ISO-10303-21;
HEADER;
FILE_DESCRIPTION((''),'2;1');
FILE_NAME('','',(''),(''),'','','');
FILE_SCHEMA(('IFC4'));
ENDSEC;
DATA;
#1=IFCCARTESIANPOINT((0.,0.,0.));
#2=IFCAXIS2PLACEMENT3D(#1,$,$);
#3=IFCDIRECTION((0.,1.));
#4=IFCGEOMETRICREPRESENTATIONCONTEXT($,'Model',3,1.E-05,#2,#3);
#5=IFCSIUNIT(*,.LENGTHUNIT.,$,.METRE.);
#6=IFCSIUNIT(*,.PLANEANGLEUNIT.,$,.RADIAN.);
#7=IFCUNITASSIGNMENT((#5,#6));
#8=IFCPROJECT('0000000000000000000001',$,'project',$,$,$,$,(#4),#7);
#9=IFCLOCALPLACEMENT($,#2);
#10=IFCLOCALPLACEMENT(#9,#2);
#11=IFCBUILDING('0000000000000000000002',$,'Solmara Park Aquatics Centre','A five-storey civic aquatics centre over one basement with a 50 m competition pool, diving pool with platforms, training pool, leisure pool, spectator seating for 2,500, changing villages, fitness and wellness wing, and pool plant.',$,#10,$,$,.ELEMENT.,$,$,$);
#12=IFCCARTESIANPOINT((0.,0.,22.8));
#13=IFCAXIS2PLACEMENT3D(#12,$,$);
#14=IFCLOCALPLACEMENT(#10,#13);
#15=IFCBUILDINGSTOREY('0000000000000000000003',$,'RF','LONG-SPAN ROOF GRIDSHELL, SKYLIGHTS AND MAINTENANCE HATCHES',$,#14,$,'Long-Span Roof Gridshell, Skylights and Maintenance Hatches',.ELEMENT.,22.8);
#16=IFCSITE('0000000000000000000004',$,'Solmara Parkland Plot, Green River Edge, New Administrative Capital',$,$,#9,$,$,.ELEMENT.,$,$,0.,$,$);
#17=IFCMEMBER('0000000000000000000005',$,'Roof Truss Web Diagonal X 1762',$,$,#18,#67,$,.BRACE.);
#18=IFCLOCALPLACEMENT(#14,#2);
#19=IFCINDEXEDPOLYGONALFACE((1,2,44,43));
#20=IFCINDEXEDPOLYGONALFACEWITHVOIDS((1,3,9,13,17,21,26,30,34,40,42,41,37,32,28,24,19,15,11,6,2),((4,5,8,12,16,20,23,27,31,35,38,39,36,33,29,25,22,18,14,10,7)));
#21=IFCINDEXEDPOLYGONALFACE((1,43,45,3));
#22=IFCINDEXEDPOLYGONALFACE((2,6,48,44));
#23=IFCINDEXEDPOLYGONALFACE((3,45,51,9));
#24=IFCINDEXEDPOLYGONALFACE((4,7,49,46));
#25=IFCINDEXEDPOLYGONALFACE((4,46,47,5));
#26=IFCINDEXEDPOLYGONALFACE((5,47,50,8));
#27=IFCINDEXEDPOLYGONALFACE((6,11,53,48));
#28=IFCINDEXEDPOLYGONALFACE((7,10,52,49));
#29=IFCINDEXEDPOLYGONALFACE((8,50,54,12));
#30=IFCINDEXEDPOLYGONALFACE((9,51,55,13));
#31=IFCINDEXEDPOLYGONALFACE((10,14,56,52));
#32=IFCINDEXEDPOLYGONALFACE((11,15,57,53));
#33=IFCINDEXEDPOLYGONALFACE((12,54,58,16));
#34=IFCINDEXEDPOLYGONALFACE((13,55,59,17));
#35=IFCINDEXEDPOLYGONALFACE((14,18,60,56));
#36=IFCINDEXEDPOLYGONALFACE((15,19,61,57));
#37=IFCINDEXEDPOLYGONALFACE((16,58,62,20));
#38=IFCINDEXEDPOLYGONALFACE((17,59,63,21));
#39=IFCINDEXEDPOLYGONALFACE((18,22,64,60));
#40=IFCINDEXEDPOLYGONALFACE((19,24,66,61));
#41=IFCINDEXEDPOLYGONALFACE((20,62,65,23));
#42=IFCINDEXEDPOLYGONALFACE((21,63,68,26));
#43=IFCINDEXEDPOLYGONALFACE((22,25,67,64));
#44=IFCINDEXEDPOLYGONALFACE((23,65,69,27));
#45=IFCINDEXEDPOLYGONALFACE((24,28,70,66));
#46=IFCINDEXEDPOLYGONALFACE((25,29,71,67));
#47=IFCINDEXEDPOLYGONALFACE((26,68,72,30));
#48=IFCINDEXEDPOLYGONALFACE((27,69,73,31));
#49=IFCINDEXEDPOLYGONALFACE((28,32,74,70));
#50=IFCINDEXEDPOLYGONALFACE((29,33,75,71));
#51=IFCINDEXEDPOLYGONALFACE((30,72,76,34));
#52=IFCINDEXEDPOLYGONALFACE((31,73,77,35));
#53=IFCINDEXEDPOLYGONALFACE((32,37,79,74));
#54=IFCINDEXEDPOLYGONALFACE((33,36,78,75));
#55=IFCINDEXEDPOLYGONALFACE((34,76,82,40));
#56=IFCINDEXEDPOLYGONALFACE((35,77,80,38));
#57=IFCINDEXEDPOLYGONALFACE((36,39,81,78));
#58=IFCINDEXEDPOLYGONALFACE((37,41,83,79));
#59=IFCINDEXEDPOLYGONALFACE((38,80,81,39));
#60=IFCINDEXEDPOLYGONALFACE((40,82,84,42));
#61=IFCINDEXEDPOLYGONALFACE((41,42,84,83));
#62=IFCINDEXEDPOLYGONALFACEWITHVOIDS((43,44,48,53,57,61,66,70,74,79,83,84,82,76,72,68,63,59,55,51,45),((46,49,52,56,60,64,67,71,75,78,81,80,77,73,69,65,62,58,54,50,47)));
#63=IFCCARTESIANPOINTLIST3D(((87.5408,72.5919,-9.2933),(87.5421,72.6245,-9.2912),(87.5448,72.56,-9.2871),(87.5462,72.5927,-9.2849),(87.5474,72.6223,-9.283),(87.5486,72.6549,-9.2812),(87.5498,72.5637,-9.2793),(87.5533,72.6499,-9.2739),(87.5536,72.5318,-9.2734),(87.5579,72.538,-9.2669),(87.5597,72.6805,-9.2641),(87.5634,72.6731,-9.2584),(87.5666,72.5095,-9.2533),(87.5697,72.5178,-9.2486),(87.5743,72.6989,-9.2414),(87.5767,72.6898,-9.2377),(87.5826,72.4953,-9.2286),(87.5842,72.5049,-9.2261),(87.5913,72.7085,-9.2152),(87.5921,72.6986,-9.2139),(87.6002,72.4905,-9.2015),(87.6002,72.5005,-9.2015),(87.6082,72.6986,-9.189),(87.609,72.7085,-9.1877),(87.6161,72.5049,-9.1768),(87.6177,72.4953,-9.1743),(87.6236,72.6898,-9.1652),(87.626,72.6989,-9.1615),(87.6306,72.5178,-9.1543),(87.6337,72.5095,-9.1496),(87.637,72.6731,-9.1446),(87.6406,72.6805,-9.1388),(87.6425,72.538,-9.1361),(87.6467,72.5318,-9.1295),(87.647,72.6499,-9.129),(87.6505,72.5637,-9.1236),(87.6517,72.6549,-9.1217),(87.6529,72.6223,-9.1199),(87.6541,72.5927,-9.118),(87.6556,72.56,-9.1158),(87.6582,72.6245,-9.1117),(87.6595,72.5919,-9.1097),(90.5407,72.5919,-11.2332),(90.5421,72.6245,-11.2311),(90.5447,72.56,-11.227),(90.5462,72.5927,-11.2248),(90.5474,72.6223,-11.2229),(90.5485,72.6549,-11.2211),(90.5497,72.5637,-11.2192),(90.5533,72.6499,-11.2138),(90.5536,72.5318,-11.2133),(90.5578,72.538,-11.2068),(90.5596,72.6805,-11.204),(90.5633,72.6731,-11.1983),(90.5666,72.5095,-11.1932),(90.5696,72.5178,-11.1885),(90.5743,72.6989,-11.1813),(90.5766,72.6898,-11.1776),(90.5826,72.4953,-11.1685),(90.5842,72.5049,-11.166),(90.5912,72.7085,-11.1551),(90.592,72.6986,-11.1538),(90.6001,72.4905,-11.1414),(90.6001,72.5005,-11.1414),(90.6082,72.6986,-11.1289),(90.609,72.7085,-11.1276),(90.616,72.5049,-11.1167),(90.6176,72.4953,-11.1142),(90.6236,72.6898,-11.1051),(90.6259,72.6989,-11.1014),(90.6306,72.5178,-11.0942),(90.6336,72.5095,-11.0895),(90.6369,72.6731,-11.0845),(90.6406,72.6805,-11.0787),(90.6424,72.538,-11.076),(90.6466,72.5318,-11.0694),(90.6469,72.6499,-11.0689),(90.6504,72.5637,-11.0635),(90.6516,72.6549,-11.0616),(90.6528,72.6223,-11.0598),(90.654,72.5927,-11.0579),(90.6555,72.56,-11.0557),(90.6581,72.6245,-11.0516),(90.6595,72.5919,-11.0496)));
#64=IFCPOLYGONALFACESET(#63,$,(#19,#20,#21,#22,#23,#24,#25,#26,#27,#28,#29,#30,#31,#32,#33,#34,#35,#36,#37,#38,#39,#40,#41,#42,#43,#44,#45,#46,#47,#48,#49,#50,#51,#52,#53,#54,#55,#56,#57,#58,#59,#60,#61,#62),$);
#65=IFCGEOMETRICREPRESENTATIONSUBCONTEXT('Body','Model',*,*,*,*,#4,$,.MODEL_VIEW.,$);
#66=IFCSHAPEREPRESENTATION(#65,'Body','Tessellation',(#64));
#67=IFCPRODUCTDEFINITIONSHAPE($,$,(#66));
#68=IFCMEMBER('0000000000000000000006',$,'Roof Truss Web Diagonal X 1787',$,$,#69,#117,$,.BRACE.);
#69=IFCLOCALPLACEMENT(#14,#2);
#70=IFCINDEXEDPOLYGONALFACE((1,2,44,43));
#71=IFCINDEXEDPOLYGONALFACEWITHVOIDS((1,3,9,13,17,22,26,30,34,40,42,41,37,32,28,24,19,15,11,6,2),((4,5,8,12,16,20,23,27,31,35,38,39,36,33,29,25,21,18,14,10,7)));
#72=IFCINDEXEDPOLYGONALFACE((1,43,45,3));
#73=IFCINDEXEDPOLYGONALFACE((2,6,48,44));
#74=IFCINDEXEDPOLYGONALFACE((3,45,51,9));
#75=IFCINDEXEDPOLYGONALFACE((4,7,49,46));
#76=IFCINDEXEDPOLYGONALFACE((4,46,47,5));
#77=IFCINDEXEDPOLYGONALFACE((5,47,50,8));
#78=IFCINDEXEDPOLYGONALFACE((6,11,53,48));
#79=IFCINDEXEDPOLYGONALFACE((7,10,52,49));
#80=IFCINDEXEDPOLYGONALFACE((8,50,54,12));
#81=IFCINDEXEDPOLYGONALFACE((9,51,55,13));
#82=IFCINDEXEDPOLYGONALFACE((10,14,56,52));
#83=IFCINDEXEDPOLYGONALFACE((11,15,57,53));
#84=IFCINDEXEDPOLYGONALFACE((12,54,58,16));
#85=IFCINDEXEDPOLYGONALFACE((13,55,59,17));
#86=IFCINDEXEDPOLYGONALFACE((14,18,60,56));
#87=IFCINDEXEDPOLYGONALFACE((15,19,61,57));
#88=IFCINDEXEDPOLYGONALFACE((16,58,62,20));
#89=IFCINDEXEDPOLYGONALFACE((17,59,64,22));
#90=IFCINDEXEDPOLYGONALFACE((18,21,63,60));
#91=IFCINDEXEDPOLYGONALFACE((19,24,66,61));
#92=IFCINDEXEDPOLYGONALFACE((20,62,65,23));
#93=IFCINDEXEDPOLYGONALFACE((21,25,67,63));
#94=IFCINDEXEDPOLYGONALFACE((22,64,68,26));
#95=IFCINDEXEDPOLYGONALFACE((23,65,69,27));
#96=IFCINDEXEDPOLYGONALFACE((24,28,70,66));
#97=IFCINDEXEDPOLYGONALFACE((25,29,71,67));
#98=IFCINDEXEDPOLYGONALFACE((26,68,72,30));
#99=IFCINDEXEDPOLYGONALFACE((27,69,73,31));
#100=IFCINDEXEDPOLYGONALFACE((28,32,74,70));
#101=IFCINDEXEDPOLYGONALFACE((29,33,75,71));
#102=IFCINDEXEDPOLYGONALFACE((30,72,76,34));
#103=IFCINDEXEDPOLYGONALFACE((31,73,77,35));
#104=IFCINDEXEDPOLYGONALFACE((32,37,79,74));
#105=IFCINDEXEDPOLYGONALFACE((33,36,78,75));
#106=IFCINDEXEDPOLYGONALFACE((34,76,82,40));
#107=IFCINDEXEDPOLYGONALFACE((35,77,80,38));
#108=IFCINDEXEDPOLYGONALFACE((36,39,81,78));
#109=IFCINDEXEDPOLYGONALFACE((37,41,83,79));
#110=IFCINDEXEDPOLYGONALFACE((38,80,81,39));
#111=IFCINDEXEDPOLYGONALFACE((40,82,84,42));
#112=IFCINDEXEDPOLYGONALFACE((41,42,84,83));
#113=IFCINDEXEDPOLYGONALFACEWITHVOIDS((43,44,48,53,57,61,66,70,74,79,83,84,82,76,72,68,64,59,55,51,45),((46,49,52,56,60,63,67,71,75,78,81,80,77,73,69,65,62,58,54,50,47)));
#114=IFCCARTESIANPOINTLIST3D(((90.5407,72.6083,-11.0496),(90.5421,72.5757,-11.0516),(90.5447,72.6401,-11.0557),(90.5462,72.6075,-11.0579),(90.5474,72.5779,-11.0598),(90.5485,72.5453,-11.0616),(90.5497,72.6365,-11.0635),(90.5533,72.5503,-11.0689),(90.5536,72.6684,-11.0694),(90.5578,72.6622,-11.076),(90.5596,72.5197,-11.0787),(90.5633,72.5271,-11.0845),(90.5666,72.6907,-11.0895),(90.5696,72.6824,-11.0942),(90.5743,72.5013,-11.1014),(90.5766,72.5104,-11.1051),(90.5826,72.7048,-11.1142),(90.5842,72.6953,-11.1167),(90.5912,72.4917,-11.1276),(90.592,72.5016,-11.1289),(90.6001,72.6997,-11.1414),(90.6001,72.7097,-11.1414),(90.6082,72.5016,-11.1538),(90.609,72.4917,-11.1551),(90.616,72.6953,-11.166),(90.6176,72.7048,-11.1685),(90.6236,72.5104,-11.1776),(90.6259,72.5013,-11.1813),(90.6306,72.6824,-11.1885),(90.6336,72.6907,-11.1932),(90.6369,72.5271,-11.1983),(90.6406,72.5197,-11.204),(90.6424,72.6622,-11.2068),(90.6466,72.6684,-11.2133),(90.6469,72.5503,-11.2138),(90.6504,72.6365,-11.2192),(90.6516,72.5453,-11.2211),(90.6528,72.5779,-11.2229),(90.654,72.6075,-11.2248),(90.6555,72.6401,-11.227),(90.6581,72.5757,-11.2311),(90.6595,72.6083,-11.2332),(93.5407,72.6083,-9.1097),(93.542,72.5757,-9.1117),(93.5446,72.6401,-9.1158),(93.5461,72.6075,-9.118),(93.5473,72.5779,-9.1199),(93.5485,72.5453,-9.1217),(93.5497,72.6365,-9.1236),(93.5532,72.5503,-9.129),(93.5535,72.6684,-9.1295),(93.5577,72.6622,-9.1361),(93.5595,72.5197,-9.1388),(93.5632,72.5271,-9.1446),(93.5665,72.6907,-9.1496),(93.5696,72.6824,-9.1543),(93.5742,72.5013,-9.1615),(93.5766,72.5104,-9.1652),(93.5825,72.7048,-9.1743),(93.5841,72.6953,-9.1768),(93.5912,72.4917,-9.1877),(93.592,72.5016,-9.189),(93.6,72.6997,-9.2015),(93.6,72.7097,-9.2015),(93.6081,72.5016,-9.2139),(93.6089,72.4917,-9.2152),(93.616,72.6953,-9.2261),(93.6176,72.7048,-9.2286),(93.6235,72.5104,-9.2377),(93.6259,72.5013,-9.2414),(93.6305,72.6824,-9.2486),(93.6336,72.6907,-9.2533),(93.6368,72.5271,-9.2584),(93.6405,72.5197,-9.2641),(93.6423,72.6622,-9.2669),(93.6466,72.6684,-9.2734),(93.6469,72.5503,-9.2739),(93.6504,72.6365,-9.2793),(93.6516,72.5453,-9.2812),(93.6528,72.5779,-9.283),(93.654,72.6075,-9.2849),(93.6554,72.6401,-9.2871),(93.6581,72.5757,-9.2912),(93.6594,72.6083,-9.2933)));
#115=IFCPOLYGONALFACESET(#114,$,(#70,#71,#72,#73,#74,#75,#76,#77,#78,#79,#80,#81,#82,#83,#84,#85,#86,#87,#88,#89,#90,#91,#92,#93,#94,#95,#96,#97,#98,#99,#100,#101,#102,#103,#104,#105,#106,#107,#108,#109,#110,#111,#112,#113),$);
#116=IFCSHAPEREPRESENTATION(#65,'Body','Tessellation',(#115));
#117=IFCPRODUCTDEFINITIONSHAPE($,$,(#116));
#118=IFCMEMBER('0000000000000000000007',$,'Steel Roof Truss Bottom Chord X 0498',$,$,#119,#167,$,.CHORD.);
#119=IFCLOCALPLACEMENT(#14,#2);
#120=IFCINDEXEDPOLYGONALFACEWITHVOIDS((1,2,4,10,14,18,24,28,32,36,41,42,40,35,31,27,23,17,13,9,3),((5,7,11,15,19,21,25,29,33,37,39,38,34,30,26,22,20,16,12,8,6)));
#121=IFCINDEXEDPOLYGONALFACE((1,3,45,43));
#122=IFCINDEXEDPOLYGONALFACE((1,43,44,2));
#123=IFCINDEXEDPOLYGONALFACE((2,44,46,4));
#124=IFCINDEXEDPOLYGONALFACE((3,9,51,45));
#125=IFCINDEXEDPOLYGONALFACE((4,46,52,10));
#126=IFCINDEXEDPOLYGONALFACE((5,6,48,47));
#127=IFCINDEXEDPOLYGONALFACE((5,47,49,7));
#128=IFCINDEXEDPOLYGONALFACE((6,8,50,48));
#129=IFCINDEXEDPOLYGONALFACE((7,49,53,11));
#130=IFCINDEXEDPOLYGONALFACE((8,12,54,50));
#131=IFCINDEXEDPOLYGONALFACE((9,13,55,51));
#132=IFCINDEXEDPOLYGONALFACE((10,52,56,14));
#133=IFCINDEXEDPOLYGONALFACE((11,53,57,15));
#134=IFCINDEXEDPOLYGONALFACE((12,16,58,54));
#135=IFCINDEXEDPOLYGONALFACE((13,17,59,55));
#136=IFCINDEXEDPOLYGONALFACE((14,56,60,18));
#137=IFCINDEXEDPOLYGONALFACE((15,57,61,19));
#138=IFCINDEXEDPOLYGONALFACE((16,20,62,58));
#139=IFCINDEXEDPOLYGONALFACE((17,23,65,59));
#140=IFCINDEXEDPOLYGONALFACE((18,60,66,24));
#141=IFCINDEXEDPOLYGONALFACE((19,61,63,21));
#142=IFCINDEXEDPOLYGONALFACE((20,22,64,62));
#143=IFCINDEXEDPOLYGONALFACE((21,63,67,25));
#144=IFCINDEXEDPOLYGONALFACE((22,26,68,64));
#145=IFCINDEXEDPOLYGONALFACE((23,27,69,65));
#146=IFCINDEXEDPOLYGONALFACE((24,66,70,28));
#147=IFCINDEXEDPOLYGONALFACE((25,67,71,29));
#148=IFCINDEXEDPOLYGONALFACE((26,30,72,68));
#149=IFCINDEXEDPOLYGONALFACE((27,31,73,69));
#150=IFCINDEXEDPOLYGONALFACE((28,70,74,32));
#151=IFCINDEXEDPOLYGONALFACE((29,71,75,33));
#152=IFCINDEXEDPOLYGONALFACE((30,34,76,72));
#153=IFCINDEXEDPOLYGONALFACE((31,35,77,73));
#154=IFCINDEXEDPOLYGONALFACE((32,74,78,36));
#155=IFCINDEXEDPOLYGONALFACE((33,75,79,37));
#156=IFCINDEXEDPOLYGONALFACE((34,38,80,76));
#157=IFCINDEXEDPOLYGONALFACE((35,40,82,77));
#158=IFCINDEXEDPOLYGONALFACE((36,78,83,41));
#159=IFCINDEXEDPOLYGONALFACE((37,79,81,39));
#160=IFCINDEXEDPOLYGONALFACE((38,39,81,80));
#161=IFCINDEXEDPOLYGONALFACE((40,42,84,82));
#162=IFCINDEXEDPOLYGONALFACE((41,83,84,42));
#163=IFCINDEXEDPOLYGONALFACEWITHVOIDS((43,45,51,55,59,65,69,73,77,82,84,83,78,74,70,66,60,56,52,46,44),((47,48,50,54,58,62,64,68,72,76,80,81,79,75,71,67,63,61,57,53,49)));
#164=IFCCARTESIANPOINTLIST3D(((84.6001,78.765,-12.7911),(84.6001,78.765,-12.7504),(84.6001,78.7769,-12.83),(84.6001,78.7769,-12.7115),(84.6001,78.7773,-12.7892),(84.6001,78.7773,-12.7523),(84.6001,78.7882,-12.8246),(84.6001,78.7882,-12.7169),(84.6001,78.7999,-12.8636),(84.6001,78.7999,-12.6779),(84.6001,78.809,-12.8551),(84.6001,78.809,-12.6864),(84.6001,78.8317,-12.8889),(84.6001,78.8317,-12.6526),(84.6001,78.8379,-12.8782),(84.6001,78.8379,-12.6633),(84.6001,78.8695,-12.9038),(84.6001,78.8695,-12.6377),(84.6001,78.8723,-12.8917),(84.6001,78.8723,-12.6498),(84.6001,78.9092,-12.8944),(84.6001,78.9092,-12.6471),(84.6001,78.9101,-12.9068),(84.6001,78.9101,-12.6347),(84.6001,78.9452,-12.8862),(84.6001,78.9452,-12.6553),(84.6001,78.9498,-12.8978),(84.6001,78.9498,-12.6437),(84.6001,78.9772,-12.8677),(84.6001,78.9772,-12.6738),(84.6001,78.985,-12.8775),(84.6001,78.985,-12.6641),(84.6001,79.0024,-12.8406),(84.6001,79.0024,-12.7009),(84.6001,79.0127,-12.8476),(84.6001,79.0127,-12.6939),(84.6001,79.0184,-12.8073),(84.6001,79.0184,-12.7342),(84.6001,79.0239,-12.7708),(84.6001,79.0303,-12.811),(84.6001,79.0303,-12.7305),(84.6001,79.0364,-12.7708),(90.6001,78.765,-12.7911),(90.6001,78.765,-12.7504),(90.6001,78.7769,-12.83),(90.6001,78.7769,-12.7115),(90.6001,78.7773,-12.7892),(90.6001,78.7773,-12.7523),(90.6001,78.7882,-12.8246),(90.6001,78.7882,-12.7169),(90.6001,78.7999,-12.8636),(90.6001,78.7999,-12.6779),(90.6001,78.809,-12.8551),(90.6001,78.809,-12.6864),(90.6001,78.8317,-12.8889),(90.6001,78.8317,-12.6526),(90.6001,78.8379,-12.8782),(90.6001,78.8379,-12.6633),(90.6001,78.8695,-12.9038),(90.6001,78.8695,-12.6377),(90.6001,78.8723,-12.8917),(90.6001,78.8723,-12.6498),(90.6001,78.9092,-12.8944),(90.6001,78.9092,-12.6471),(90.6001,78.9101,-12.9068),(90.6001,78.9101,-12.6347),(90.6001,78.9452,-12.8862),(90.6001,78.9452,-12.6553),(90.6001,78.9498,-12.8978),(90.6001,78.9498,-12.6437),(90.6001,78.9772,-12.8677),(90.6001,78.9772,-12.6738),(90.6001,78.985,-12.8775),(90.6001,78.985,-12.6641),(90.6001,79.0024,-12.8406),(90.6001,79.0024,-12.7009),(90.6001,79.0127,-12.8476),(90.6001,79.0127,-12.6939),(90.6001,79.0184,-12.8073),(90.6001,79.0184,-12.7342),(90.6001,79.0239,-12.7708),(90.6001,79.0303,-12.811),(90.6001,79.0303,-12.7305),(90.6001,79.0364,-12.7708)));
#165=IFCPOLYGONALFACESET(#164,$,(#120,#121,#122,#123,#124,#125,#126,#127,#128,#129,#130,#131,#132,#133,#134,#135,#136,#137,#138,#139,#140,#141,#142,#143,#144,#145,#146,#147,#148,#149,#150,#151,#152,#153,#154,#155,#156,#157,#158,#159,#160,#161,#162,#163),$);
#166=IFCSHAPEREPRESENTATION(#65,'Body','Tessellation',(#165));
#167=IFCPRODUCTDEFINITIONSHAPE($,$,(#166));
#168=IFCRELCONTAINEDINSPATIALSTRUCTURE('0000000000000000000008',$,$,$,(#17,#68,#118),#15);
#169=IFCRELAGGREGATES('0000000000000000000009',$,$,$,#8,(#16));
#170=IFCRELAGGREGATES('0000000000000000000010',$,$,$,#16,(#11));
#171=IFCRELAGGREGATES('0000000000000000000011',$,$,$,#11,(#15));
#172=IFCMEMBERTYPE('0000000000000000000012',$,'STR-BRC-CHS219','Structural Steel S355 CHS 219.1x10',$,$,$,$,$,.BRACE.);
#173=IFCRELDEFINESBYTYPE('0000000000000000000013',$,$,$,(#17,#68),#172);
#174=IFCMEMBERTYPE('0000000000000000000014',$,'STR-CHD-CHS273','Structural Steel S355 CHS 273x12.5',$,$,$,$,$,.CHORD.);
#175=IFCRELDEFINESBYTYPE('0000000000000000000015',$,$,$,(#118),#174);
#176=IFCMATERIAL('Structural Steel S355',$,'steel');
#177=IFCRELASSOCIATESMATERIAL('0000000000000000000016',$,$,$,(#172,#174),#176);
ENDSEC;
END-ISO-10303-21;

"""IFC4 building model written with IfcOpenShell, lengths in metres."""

from ifc_helpers import new_model, si_unit, direction, frame, origin, origin_2d, place, context, subcontext, project, spatial, hollow_circle, extrude, material, material_profile, profile_set, type_object, element, save


model = new_model("IFC4")

# Units and contexts
model_context = context("Model", 3, precision=1e-05, world=origin(), true_north=direction((0.0, 1.0)))
body_context = subcontext(model_context, "Body", "Model", "MODEL_VIEW")
ifc_project = project(units=[si_unit("LENGTHUNIT", "METRE"), si_unit("PLANEANGLEUNIT", "RADIAN")], contexts=[model_context])

# Site, building, storey
site_placement = place(None, origin())
site = spatial("IfcSite", under=ifc_project, at=site_placement, Name="Solmara Parkland Plot, Green River Edge, New Administrative Capital", CompositionType="ELEMENT", RefElevation=0.0)
building_placement = place(site_placement, origin())
building = spatial("IfcBuilding", under=site, at=building_placement, Name="Solmara Park Aquatics Centre", Description="A five-storey civic aquatics centre over one basement with a 50 m competition pool, diving pool with platforms, training pool, leisure pool, spectator seating for 2,500, changing villages, fitness and wellness wing, and pool plant.", CompositionType="ELEMENT")
storey_placement = place(building_placement, frame((0.0, 0.0, 22.8)))
storey = spatial("IfcBuildingStorey", under=building, at=storey_placement, Name="RF", Description="LONG-SPAN ROOF GRIDSHELL, SKYLIGHTS AND MAINTENANCE HATCHES", LongName="Long-Span Roof Gridshell, Skylights and Maintenance Hatches", CompositionType="ELEMENT", Elevation=22.8)

# Members
ifc_material_1 = material(Name="Structural Steel S355", Category="steel")
ifc_material_profile_1 = material_profile(ifc_material_1, hollow_circle(Radius=0.1096, WallThickness=0.01, at=origin_2d()), Name="CHS 219.1x10")
ifc_profile_set_1 = profile_set([ifc_material_profile_1], Name="Structural Steel S355")
member_type_1 = type_object("IfcMemberType", Name="STR-BRC-CHS219", Description="Structural Steel S355 CHS 219.1x10", PredefinedType="BRACE", material=ifc_profile_set_1)
for number, where, z_axis, x_axis, name in (
    (1, (90.6001, 72.6001, -11.1414), (-0.839728, 0.0, 0.543008), (0.0, -1.0, 0.0), "Roof Truss Web Diagonal X 1762"),
    (2, (90.6001, 72.6001, -11.1414), (0.839728, 0.0, 0.543008), (0.0, 1.0, 0.0), "Roof Truss Web Diagonal X 1787"),
):
    element("IfcMember", number, at=place(storey_placement, frame(where, z_axis=z_axis, x_axis=x_axis)), inside=storey, type_object=member_type_1, Name=name, PredefinedType="BRACE", context=body_context, shape_type="SweptSolid", body=[
        extrude(hollow_circle(Radius=0.1096, WallThickness=0.01, at=origin_2d()), origin(), (0.0, 0.0, 1.0), 3.5725),
    ])
ifc_material_profile_2 = material_profile(ifc_material_1, hollow_circle(Radius=0.1365, WallThickness=0.0125, at=origin_2d()), Name="CHS 273x12.5")
ifc_profile_set_2 = profile_set([ifc_material_profile_2], Name="Structural Steel S355")
member_type_2 = type_object("IfcMemberType", Name="STR-CHD-CHS273", Description="Structural Steel S355 CHS 273x12.5", PredefinedType="CHORD", material=ifc_profile_set_2)
member_1_placement = place(storey_placement, frame((84.6001, 78.8999, -12.7708), z_axis=(1.0, 0.0, 0.0), x_axis=(0.0, 1.0, 0.0)))
element("IfcMember", 3, at=member_1_placement, inside=storey, type_object=member_type_2, Name="Steel Roof Truss Bottom Chord X 0498", PredefinedType="CHORD", context=body_context, shape_type="SweptSolid", body=[
    extrude(hollow_circle(Radius=0.1365, WallThickness=0.0125, at=origin_2d()), origin(), (0.0, 0.0, 1.0), 6.0),
])

save(model, "model.ifc")
